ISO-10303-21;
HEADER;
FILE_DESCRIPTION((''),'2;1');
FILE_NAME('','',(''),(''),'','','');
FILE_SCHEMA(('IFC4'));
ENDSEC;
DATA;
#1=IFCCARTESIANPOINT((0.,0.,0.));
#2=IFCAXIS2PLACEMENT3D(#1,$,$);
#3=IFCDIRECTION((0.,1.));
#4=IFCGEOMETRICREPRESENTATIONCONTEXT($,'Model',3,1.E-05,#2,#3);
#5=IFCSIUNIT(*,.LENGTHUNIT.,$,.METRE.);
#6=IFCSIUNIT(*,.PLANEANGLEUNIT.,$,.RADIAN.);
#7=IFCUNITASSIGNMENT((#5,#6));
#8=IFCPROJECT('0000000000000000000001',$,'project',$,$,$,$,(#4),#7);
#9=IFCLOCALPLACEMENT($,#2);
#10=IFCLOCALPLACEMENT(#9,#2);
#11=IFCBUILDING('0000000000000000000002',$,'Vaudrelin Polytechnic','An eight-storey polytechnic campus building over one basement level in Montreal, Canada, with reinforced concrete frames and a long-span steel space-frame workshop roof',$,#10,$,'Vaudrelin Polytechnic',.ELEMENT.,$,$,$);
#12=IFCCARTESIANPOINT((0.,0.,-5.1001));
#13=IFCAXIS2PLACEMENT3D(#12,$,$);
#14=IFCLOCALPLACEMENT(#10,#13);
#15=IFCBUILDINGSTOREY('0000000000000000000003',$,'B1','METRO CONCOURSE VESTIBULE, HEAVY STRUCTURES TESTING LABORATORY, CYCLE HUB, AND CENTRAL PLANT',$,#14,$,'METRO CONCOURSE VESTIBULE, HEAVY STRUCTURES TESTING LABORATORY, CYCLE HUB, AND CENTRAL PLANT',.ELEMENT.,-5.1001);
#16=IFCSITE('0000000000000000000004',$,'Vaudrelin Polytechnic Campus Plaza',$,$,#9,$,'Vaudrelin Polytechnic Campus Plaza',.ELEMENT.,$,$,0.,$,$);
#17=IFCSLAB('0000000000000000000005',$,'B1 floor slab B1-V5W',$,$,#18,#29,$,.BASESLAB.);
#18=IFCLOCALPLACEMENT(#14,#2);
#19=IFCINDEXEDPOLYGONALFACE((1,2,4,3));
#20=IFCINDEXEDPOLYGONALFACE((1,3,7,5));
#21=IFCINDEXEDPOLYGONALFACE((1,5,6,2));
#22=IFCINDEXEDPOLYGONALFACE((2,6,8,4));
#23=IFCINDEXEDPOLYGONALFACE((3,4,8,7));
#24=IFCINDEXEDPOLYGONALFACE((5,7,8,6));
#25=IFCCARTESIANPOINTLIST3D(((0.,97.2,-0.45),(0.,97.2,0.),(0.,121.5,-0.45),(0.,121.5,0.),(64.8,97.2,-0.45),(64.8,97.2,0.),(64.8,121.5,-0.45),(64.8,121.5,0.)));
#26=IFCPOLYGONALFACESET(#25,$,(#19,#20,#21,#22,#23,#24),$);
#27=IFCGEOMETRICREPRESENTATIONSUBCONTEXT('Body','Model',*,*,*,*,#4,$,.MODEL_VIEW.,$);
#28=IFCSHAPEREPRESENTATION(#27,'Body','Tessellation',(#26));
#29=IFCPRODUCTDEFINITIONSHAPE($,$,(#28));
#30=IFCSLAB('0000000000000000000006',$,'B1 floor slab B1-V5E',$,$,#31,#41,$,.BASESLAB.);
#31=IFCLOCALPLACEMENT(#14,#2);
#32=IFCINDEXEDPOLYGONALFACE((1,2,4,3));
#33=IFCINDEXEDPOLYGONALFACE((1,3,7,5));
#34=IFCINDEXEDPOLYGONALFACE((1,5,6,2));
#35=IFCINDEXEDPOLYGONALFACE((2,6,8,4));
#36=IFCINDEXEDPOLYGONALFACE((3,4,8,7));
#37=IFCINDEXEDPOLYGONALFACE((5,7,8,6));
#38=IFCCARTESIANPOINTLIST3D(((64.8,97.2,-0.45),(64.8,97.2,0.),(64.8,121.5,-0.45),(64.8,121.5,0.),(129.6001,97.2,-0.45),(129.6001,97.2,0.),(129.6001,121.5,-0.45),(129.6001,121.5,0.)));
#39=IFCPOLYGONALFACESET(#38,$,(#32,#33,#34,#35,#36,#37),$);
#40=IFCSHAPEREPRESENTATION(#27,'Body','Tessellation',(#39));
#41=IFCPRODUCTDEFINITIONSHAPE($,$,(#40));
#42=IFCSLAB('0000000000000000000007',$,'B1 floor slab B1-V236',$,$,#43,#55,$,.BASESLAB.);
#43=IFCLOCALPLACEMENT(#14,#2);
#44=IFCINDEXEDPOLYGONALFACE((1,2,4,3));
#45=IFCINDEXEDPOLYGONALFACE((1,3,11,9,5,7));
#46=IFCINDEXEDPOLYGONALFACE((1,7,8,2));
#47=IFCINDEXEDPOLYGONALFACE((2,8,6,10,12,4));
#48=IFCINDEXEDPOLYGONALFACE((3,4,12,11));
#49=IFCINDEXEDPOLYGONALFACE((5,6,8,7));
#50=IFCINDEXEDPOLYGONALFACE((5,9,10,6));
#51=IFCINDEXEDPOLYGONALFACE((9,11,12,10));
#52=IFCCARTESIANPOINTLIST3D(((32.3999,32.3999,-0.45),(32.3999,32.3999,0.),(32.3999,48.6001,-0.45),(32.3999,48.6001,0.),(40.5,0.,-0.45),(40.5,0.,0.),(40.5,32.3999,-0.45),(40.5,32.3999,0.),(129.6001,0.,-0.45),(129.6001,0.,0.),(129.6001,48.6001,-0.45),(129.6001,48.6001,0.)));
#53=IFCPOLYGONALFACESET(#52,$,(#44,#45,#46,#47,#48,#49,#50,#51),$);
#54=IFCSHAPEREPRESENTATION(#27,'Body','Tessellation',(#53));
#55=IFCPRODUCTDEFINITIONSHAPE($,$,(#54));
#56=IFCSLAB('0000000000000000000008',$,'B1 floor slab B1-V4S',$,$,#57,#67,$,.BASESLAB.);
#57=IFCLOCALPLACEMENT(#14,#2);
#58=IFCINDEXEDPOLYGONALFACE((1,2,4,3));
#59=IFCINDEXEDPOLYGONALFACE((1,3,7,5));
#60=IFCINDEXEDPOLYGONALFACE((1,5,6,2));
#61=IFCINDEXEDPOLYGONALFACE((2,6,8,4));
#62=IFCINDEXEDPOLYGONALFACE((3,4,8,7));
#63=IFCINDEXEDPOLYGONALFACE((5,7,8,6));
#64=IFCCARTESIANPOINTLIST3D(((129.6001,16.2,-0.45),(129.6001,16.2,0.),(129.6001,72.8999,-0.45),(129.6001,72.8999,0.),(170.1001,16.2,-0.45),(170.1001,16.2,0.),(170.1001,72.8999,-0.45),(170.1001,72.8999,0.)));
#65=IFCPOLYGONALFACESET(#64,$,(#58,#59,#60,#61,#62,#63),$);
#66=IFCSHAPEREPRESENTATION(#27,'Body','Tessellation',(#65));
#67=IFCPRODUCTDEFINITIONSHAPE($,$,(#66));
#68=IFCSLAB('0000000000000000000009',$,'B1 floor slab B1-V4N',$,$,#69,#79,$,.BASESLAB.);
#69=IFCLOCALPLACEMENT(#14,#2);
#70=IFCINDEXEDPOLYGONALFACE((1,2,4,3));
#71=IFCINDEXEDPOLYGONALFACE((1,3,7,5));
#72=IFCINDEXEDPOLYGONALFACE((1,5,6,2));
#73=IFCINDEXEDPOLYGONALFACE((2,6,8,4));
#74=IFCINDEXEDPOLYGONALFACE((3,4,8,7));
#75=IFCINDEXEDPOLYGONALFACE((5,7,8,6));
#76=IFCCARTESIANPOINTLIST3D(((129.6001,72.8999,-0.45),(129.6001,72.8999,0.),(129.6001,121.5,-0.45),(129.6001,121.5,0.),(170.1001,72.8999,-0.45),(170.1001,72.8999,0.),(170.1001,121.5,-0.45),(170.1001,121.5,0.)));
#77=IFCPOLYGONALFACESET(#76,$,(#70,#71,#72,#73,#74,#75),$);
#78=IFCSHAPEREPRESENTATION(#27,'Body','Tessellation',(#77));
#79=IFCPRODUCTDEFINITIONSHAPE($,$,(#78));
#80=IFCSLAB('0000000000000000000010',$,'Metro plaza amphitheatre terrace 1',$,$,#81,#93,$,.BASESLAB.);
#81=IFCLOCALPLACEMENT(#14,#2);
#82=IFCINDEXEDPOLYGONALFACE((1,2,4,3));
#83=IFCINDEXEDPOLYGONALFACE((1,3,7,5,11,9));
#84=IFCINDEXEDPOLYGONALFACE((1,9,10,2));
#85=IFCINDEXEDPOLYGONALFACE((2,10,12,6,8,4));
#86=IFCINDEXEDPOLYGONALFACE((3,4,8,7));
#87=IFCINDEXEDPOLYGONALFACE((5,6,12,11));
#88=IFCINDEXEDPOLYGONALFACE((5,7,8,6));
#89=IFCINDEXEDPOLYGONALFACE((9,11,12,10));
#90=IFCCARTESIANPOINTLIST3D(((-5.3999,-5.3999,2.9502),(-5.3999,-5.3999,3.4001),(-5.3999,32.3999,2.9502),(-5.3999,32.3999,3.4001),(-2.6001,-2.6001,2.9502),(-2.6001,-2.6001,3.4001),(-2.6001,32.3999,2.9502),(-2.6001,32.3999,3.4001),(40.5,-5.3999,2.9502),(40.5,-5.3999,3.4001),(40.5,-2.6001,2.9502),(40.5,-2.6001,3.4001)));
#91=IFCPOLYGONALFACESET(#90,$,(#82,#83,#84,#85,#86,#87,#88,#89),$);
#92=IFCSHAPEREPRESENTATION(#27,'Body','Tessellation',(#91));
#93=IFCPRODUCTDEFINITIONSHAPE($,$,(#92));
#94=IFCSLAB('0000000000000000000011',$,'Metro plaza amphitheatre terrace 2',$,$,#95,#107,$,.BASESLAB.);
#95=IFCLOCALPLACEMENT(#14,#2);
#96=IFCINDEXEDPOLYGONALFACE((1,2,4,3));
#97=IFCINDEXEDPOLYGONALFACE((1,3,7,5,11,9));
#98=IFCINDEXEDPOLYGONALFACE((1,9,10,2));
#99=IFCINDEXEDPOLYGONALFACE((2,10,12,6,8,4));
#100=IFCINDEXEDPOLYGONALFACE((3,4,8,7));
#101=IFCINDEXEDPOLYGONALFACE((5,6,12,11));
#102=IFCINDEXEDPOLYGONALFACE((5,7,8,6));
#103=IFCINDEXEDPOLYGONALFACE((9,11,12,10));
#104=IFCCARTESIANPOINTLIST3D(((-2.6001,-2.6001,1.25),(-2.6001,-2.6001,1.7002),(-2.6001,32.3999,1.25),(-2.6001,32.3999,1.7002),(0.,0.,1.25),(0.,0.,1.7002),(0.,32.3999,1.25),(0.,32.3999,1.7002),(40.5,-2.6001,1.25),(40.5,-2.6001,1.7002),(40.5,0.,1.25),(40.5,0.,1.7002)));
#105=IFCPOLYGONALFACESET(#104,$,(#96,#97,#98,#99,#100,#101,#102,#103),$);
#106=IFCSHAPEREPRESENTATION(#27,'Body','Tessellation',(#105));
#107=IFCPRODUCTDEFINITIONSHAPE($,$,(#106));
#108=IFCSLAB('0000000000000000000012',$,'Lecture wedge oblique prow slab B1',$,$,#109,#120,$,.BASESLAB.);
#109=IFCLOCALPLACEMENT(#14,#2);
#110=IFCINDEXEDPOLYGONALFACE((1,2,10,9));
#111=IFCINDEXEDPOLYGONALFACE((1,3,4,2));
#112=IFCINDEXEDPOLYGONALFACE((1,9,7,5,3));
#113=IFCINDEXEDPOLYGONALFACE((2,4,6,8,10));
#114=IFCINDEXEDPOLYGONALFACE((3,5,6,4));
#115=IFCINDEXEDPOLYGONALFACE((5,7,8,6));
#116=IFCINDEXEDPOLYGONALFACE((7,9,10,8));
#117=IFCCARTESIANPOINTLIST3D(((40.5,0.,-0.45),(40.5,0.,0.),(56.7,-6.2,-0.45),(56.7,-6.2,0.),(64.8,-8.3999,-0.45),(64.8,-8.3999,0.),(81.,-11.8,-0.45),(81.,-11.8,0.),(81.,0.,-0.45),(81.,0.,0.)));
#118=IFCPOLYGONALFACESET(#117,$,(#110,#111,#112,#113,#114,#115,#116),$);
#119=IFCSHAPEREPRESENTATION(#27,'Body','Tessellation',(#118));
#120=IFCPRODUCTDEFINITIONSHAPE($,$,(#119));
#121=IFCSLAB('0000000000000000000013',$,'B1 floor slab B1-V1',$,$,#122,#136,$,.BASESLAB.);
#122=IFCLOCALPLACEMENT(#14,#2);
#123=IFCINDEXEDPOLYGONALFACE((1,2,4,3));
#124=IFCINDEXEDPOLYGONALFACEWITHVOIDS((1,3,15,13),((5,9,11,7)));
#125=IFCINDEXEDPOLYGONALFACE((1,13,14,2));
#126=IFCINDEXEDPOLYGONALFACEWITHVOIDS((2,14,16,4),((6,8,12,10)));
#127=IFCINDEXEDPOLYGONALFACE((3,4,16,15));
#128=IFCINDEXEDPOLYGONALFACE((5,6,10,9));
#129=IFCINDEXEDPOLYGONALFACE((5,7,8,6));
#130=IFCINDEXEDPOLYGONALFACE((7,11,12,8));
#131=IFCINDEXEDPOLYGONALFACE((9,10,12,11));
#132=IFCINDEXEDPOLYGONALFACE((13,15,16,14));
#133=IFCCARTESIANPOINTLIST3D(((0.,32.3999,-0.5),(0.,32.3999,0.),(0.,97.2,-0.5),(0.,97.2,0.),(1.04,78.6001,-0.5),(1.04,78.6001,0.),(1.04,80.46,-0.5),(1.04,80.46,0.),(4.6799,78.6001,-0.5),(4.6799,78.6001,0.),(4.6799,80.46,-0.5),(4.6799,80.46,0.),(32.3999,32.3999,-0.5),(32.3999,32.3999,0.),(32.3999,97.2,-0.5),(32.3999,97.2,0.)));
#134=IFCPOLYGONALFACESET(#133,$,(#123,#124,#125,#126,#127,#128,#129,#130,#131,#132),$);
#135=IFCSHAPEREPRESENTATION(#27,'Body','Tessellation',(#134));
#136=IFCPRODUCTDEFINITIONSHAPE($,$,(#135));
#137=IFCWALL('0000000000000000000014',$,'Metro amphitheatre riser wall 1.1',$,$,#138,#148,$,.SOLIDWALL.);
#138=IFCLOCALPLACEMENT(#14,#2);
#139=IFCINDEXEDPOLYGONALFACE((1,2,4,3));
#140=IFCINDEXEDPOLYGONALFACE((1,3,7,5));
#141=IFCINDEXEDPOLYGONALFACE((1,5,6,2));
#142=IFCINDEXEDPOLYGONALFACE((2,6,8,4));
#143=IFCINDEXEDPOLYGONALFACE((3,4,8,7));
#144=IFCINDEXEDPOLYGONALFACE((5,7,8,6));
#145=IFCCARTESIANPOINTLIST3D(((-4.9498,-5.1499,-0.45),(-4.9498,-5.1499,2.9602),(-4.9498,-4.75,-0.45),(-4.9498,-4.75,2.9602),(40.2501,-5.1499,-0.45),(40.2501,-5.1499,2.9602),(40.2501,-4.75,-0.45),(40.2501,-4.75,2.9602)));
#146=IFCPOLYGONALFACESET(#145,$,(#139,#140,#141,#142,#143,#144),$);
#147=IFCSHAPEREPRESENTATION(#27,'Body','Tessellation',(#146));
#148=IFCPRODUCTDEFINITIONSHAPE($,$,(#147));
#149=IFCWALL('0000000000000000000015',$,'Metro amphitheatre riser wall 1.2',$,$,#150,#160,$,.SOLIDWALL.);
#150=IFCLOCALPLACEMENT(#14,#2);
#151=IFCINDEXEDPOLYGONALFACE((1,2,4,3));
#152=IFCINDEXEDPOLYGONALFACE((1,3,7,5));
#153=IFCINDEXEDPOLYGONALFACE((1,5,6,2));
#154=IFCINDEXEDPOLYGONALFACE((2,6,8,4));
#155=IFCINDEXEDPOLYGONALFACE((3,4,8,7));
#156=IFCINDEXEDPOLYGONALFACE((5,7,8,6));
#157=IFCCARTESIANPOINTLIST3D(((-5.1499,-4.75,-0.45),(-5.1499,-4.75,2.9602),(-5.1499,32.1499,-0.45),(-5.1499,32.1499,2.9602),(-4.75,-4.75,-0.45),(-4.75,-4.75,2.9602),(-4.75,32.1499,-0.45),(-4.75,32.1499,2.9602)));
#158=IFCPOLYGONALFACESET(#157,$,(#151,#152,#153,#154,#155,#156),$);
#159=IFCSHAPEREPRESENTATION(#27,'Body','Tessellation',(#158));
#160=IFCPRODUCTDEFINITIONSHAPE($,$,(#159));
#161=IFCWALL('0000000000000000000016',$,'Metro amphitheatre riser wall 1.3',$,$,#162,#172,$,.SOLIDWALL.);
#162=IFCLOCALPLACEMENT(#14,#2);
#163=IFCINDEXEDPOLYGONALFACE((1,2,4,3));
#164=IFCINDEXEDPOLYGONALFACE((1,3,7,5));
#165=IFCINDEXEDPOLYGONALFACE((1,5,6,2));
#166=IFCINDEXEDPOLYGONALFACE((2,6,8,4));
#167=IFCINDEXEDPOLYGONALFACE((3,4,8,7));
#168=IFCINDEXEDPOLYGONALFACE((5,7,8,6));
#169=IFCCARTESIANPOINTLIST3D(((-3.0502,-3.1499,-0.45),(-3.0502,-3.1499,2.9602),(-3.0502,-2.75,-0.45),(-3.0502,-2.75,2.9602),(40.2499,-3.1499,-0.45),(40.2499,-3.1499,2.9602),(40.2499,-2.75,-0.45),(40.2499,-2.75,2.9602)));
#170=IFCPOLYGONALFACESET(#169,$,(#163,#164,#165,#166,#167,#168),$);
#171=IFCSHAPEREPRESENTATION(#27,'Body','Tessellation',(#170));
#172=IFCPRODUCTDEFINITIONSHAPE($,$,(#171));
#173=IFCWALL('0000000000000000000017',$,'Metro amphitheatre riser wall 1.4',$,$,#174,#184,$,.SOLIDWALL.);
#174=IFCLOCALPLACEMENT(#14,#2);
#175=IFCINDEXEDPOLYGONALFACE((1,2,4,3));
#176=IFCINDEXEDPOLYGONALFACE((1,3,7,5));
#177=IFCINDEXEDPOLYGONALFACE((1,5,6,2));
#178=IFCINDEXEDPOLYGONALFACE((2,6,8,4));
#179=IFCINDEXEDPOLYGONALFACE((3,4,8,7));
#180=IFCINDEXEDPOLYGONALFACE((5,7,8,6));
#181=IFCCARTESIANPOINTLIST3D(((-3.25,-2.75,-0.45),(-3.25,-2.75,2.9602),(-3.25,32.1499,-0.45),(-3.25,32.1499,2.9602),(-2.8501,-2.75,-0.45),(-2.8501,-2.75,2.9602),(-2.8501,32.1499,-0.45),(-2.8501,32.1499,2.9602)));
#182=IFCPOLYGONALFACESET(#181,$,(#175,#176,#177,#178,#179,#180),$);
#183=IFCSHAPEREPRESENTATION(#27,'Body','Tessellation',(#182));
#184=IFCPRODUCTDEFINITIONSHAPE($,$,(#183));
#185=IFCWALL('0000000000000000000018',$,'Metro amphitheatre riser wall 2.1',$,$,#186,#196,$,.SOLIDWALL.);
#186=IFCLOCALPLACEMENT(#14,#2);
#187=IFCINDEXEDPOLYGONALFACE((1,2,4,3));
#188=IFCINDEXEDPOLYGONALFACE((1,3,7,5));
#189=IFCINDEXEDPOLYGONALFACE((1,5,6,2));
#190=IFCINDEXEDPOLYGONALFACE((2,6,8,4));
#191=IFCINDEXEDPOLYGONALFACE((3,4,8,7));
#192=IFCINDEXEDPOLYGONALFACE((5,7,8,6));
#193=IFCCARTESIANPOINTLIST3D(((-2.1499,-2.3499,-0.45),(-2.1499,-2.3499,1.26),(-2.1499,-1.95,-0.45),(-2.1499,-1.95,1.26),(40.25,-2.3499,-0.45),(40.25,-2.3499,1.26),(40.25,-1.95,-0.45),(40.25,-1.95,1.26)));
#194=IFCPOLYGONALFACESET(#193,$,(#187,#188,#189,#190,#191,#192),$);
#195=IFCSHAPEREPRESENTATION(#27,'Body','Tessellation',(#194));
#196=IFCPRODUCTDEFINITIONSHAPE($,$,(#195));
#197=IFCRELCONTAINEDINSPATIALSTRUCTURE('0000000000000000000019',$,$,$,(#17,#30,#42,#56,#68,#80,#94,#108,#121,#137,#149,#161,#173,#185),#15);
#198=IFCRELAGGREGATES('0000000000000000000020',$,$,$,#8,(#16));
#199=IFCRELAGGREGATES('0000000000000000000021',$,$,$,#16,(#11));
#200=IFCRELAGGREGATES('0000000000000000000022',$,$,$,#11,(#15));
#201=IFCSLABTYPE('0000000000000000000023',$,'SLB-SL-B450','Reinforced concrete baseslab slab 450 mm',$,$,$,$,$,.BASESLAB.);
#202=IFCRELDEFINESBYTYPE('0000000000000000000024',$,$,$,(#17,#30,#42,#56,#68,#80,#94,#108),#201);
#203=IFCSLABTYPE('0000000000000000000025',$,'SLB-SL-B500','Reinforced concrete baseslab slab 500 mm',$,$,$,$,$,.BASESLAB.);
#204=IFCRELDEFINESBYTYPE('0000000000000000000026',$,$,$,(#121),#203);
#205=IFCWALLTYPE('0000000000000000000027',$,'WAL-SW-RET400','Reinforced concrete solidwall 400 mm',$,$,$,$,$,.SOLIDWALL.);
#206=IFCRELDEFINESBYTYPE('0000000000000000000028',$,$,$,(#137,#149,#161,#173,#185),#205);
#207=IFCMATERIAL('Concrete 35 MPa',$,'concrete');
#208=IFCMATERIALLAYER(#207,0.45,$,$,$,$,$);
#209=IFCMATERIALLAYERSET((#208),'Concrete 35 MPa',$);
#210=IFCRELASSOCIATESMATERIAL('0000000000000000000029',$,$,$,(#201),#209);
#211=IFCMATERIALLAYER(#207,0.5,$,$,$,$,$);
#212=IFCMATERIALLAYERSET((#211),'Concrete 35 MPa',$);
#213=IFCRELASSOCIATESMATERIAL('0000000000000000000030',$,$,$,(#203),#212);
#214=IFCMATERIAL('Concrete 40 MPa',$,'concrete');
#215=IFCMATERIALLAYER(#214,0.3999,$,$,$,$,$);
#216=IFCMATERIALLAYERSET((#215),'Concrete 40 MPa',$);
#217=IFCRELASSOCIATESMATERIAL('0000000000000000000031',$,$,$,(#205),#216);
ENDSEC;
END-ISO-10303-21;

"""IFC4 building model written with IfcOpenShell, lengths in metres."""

from ifc_helpers import new_model, si_unit, direction, frame, frame_2d, origin, place, context, subcontext, project, spatial, polyline, rectangle, outline, extrude, material, layer, layer_set, type_object, element, save


model = new_model("IFC4")

# Units and contexts
model_context = context("Model", 3, precision=1e-05, world=origin(), true_north=direction((0.0, 1.0)))
body_context = subcontext(model_context, "Body", "Model", "MODEL_VIEW")
ifc_project = project(units=[si_unit("LENGTHUNIT", "METRE"), si_unit("PLANEANGLEUNIT", "RADIAN")], contexts=[model_context])

# Site, building, storey
site_placement = place(None, origin())
site = spatial("IfcSite", under=ifc_project, at=site_placement, Name="Vaudrelin Polytechnic Campus Plaza", LongName="Vaudrelin Polytechnic Campus Plaza", CompositionType="ELEMENT", RefElevation=0.0)
building_placement = place(site_placement, origin())
building = spatial("IfcBuilding", under=site, at=building_placement, Name="Vaudrelin Polytechnic", Description="An eight-storey polytechnic campus building over one basement level in Montreal, Canada, with reinforced concrete frames and a long-span steel space-frame workshop roof", LongName="Vaudrelin Polytechnic", CompositionType="ELEMENT")
storey_placement = place(building_placement, frame((0.0, 0.0, -5.1001)))
storey = spatial("IfcBuildingStorey", under=building, at=storey_placement, Name="B1", Description="METRO CONCOURSE VESTIBULE, HEAVY STRUCTURES TESTING LABORATORY, CYCLE HUB, AND CENTRAL PLANT", LongName="METRO CONCOURSE VESTIBULE, HEAVY STRUCTURES TESTING LABORATORY, CYCLE HUB, AND CENTRAL PLANT", CompositionType="ELEMENT", Elevation=-5.1001)

# Shared definitions
ifc_material_1 = material(Name="Concrete 35 MPa", Category="concrete")

# Slabs
ifc_layer_1 = layer(ifc_material_1, 0.45)
ifc_layer_set_1 = layer_set([ifc_layer_1], Name="Concrete 35 MPa")
slab_type_1 = type_object("IfcSlabType", Name="SLB-SL-B450", Description="Reinforced concrete baseslab slab 450 mm", PredefinedType="BASESLAB", material=ifc_layer_set_1)
slab_1_placement = place(storey_placement, frame((0.0, 0.0, -0.45)))
element("IfcSlab", 1, at=slab_1_placement, inside=storey, type_object=slab_type_1, Name="B1 floor slab B1-V5W", PredefinedType="BASESLAB", context=body_context, shape_type="SweptSolid", body=[
    extrude(outline(polyline([(0.0, 97.2), (64.8, 97.2), (64.8, 121.5), (0.0, 121.5), (0.0, 97.2)])), origin(), (0.0, 0.0, 1.0), 0.45),
])
slab_2_placement = place(storey_placement, frame((0.0, 0.0, -0.45)))
element("IfcSlab", 2, at=slab_2_placement, inside=storey, type_object=slab_type_1, Name="B1 floor slab B1-V5E", PredefinedType="BASESLAB", context=body_context, shape_type="SweptSolid", body=[
    extrude(outline(polyline([(64.8, 97.2), (129.6001, 97.2), (129.6001, 121.5), (64.8, 121.5), (64.8, 97.2)])), origin(), (0.0, 0.0, 1.0), 0.45),
])
slab_3_placement = place(storey_placement, frame((0.0, 0.0, -0.45)))
element("IfcSlab", 3, at=slab_3_placement, inside=storey, type_object=slab_type_1, Name="B1 floor slab B1-V236", PredefinedType="BASESLAB", context=body_context, shape_type="SweptSolid", body=[
    extrude(outline(polyline([(32.3999, 32.3999), (40.5, 32.3999), (40.5, 0.0), (129.6001, 0.0), (129.6001, 48.6001), (32.3999, 48.6001), (32.3999, 32.3999)])), origin(), (0.0, 0.0, 1.0), 0.45),
])
slab_4_placement = place(storey_placement, frame((0.0, 0.0, -0.45)))
element("IfcSlab", 4, at=slab_4_placement, inside=storey, type_object=slab_type_1, Name="B1 floor slab B1-V4S", PredefinedType="BASESLAB", context=body_context, shape_type="SweptSolid", body=[
    extrude(outline(polyline([(129.6001, 16.2), (170.1001, 16.2), (170.1001, 72.8999), (129.6001, 72.8999), (129.6001, 16.2)])), origin(), (0.0, 0.0, 1.0), 0.45),
])
slab_5_placement = place(storey_placement, frame((0.0, 0.0, -0.45)))
element("IfcSlab", 5, at=slab_5_placement, inside=storey, type_object=slab_type_1, Name="B1 floor slab B1-V4N", PredefinedType="BASESLAB", context=body_context, shape_type="SweptSolid", body=[
    extrude(outline(polyline([(129.6001, 72.8999), (170.1001, 72.8999), (170.1001, 121.5), (129.6001, 121.5), (129.6001, 72.8999)])), origin(), (0.0, 0.0, 1.0), 0.45),
])
slab_6_placement = place(storey_placement, frame((0.0, 0.0, 2.9502)))
element("IfcSlab", 6, at=slab_6_placement, inside=storey, type_object=slab_type_1, Name="Metro plaza amphitheatre terrace 1", PredefinedType="BASESLAB", context=body_context, shape_type="SweptSolid", body=[
    extrude(outline(polyline([(-5.3999, -5.3999), (40.5, -5.3999), (40.5, -2.6001), (-2.6001, -2.6001), (-2.6001, 32.3999), (-5.3999, 32.3999), (-5.3999, -5.3999)])), origin(), (0.0, 0.0, 1.0), 0.45),
])
slab_7_placement = place(storey_placement, frame((0.0, 0.0, 1.25)))
element("IfcSlab", 7, at=slab_7_placement, inside=storey, type_object=slab_type_1, Name="Metro plaza amphitheatre terrace 2", PredefinedType="BASESLAB", context=body_context, shape_type="SweptSolid", body=[
    extrude(outline(polyline([(-2.6001, -2.6001), (40.5, -2.6001), (40.5, 0.0), (0.0, 0.0), (0.0, 32.3999), (-2.6001, 32.3999), (-2.6001, -2.6001)])), origin(), (0.0, 0.0, 1.0), 0.4502),
])
slab_8_placement = place(storey_placement, frame((0.0, 0.0, -0.45)))
element("IfcSlab", 8, at=slab_8_placement, inside=storey, type_object=slab_type_1, Name="Lecture wedge oblique prow slab B1", PredefinedType="BASESLAB", context=body_context, shape_type="SweptSolid", body=[
    extrude(outline(polyline([(40.5, 0.0), (56.7, -6.2), (64.8, -8.3999), (81.0, -11.8), (81.0, 0.0), (40.5, 0.0)])), origin(), (0.0, 0.0, 1.0), 0.45),
])
ifc_layer_2 = layer(ifc_material_1, 0.5)
ifc_layer_set_2 = layer_set([ifc_layer_2], Name="Concrete 35 MPa")
slab_type_2 = type_object("IfcSlabType", Name="SLB-SL-B500", Description="Reinforced concrete baseslab slab 500 mm", PredefinedType="BASESLAB", material=ifc_layer_set_2)
slab_9_placement = place(storey_placement, frame((0.0, 0.0, -0.5)))
element("IfcSlab", 9, at=slab_9_placement, inside=storey, type_object=slab_type_2, Name="B1 floor slab B1-V1", PredefinedType="BASESLAB", context=body_context, shape_type="SweptSolid", body=[
    extrude(outline(polyline([(0.0, 32.3999), (32.3999, 32.3999), (32.3999, 97.2), (0.0, 97.2), (0.0, 32.3999)]), holes=[polyline([(1.04, 78.6001), (4.6799, 78.6001), (4.6799, 80.46), (1.04, 80.46), (1.04, 78.6001)])]), origin(), (0.0, 0.0, 1.0), 0.5),
])

# Walls
ifc_material_2 = material(Name="Concrete 40 MPa", Category="concrete")
ifc_layer_3 = layer(ifc_material_2, 0.3999)
ifc_layer_set_3 = layer_set([ifc_layer_3], Name="Concrete 40 MPa")
wall_type = type_object("IfcWallType", Name="WAL-SW-RET400", Description="Reinforced concrete solidwall 400 mm", PredefinedType="SOLIDWALL", material=ifc_layer_set_3)
wall_1_placement = place(storey_placement, frame((-4.95, -4.95, -0.45), z_axis=(0.0, 0.0, 1.0), x_axis=(1.0, 0.0, 0.0)))
element("IfcWall", 10, at=wall_1_placement, inside=storey, type_object=wall_type, Name="Metro amphitheatre riser wall 1.1", PredefinedType="SOLIDWALL", context=body_context, shape_type="SweptSolid", body=[
    extrude(rectangle(XDim=45.2, YDim=0.3999, at=frame_2d((22.6001, 0.0))), origin(), (0.0, 0.0, 1.0), 3.4102),
])
wall_2_placement = place(storey_placement, frame((-4.95, -4.75, -0.45), z_axis=(0.0, 0.0, 1.0), x_axis=(0.0, 1.0, 0.0)))
element("IfcWall", 11, at=wall_2_placement, inside=storey, type_object=wall_type, Name="Metro amphitheatre riser wall 1.2", PredefinedType="SOLIDWALL", context=body_context, shape_type="SweptSolid", body=[
    extrude(rectangle(XDim=36.8999, YDim=0.3999, at=frame_2d((18.45, 0.0))), origin(), (0.0, 0.0, 1.0), 3.4102),
])
wall_3_placement = place(storey_placement, frame((-3.05, -2.95, -0.45), z_axis=(0.0, 0.0, 1.0), x_axis=(1.0, 0.0, 0.0)))
element("IfcWall", 12, at=wall_3_placement, inside=storey, type_object=wall_type, Name="Metro amphitheatre riser wall 1.3", PredefinedType="SOLIDWALL", context=body_context, shape_type="SweptSolid", body=[
    extrude(rectangle(XDim=43.3, YDim=0.3999, at=frame_2d((21.6499, 0.0))), origin(), (0.0, 0.0, 1.0), 3.4102),
])
wall_4_placement = place(storey_placement, frame((-3.05, -2.75, -0.45), z_axis=(0.0, 0.0, 1.0), x_axis=(0.0, 1.0, 0.0)))
element("IfcWall", 13, at=wall_4_placement, inside=storey, type_object=wall_type, Name="Metro amphitheatre riser wall 1.4", PredefinedType="SOLIDWALL", context=body_context, shape_type="SweptSolid", body=[
    extrude(rectangle(XDim=34.8999, YDim=0.3999, at=frame_2d((17.45, 0.0))), origin(), (0.0, 0.0, 1.0), 3.4102),
])
wall_5_placement = place(storey_placement, frame((-2.1499, -2.1499, -0.45), z_axis=(0.0, 0.0, 1.0), x_axis=(1.0, 0.0, 0.0)))
element("IfcWall", 14, at=wall_5_placement, inside=storey, type_object=wall_type, Name="Metro amphitheatre riser wall 2.1", PredefinedType="SOLIDWALL", context=body_context, shape_type="SweptSolid", body=[
    extrude(rectangle(XDim=42.3999, YDim=0.3999, at=frame_2d((21.2, 0.0))), origin(), (0.0, 0.0, 1.0), 1.71),
])

save(model, "model.ifc")
